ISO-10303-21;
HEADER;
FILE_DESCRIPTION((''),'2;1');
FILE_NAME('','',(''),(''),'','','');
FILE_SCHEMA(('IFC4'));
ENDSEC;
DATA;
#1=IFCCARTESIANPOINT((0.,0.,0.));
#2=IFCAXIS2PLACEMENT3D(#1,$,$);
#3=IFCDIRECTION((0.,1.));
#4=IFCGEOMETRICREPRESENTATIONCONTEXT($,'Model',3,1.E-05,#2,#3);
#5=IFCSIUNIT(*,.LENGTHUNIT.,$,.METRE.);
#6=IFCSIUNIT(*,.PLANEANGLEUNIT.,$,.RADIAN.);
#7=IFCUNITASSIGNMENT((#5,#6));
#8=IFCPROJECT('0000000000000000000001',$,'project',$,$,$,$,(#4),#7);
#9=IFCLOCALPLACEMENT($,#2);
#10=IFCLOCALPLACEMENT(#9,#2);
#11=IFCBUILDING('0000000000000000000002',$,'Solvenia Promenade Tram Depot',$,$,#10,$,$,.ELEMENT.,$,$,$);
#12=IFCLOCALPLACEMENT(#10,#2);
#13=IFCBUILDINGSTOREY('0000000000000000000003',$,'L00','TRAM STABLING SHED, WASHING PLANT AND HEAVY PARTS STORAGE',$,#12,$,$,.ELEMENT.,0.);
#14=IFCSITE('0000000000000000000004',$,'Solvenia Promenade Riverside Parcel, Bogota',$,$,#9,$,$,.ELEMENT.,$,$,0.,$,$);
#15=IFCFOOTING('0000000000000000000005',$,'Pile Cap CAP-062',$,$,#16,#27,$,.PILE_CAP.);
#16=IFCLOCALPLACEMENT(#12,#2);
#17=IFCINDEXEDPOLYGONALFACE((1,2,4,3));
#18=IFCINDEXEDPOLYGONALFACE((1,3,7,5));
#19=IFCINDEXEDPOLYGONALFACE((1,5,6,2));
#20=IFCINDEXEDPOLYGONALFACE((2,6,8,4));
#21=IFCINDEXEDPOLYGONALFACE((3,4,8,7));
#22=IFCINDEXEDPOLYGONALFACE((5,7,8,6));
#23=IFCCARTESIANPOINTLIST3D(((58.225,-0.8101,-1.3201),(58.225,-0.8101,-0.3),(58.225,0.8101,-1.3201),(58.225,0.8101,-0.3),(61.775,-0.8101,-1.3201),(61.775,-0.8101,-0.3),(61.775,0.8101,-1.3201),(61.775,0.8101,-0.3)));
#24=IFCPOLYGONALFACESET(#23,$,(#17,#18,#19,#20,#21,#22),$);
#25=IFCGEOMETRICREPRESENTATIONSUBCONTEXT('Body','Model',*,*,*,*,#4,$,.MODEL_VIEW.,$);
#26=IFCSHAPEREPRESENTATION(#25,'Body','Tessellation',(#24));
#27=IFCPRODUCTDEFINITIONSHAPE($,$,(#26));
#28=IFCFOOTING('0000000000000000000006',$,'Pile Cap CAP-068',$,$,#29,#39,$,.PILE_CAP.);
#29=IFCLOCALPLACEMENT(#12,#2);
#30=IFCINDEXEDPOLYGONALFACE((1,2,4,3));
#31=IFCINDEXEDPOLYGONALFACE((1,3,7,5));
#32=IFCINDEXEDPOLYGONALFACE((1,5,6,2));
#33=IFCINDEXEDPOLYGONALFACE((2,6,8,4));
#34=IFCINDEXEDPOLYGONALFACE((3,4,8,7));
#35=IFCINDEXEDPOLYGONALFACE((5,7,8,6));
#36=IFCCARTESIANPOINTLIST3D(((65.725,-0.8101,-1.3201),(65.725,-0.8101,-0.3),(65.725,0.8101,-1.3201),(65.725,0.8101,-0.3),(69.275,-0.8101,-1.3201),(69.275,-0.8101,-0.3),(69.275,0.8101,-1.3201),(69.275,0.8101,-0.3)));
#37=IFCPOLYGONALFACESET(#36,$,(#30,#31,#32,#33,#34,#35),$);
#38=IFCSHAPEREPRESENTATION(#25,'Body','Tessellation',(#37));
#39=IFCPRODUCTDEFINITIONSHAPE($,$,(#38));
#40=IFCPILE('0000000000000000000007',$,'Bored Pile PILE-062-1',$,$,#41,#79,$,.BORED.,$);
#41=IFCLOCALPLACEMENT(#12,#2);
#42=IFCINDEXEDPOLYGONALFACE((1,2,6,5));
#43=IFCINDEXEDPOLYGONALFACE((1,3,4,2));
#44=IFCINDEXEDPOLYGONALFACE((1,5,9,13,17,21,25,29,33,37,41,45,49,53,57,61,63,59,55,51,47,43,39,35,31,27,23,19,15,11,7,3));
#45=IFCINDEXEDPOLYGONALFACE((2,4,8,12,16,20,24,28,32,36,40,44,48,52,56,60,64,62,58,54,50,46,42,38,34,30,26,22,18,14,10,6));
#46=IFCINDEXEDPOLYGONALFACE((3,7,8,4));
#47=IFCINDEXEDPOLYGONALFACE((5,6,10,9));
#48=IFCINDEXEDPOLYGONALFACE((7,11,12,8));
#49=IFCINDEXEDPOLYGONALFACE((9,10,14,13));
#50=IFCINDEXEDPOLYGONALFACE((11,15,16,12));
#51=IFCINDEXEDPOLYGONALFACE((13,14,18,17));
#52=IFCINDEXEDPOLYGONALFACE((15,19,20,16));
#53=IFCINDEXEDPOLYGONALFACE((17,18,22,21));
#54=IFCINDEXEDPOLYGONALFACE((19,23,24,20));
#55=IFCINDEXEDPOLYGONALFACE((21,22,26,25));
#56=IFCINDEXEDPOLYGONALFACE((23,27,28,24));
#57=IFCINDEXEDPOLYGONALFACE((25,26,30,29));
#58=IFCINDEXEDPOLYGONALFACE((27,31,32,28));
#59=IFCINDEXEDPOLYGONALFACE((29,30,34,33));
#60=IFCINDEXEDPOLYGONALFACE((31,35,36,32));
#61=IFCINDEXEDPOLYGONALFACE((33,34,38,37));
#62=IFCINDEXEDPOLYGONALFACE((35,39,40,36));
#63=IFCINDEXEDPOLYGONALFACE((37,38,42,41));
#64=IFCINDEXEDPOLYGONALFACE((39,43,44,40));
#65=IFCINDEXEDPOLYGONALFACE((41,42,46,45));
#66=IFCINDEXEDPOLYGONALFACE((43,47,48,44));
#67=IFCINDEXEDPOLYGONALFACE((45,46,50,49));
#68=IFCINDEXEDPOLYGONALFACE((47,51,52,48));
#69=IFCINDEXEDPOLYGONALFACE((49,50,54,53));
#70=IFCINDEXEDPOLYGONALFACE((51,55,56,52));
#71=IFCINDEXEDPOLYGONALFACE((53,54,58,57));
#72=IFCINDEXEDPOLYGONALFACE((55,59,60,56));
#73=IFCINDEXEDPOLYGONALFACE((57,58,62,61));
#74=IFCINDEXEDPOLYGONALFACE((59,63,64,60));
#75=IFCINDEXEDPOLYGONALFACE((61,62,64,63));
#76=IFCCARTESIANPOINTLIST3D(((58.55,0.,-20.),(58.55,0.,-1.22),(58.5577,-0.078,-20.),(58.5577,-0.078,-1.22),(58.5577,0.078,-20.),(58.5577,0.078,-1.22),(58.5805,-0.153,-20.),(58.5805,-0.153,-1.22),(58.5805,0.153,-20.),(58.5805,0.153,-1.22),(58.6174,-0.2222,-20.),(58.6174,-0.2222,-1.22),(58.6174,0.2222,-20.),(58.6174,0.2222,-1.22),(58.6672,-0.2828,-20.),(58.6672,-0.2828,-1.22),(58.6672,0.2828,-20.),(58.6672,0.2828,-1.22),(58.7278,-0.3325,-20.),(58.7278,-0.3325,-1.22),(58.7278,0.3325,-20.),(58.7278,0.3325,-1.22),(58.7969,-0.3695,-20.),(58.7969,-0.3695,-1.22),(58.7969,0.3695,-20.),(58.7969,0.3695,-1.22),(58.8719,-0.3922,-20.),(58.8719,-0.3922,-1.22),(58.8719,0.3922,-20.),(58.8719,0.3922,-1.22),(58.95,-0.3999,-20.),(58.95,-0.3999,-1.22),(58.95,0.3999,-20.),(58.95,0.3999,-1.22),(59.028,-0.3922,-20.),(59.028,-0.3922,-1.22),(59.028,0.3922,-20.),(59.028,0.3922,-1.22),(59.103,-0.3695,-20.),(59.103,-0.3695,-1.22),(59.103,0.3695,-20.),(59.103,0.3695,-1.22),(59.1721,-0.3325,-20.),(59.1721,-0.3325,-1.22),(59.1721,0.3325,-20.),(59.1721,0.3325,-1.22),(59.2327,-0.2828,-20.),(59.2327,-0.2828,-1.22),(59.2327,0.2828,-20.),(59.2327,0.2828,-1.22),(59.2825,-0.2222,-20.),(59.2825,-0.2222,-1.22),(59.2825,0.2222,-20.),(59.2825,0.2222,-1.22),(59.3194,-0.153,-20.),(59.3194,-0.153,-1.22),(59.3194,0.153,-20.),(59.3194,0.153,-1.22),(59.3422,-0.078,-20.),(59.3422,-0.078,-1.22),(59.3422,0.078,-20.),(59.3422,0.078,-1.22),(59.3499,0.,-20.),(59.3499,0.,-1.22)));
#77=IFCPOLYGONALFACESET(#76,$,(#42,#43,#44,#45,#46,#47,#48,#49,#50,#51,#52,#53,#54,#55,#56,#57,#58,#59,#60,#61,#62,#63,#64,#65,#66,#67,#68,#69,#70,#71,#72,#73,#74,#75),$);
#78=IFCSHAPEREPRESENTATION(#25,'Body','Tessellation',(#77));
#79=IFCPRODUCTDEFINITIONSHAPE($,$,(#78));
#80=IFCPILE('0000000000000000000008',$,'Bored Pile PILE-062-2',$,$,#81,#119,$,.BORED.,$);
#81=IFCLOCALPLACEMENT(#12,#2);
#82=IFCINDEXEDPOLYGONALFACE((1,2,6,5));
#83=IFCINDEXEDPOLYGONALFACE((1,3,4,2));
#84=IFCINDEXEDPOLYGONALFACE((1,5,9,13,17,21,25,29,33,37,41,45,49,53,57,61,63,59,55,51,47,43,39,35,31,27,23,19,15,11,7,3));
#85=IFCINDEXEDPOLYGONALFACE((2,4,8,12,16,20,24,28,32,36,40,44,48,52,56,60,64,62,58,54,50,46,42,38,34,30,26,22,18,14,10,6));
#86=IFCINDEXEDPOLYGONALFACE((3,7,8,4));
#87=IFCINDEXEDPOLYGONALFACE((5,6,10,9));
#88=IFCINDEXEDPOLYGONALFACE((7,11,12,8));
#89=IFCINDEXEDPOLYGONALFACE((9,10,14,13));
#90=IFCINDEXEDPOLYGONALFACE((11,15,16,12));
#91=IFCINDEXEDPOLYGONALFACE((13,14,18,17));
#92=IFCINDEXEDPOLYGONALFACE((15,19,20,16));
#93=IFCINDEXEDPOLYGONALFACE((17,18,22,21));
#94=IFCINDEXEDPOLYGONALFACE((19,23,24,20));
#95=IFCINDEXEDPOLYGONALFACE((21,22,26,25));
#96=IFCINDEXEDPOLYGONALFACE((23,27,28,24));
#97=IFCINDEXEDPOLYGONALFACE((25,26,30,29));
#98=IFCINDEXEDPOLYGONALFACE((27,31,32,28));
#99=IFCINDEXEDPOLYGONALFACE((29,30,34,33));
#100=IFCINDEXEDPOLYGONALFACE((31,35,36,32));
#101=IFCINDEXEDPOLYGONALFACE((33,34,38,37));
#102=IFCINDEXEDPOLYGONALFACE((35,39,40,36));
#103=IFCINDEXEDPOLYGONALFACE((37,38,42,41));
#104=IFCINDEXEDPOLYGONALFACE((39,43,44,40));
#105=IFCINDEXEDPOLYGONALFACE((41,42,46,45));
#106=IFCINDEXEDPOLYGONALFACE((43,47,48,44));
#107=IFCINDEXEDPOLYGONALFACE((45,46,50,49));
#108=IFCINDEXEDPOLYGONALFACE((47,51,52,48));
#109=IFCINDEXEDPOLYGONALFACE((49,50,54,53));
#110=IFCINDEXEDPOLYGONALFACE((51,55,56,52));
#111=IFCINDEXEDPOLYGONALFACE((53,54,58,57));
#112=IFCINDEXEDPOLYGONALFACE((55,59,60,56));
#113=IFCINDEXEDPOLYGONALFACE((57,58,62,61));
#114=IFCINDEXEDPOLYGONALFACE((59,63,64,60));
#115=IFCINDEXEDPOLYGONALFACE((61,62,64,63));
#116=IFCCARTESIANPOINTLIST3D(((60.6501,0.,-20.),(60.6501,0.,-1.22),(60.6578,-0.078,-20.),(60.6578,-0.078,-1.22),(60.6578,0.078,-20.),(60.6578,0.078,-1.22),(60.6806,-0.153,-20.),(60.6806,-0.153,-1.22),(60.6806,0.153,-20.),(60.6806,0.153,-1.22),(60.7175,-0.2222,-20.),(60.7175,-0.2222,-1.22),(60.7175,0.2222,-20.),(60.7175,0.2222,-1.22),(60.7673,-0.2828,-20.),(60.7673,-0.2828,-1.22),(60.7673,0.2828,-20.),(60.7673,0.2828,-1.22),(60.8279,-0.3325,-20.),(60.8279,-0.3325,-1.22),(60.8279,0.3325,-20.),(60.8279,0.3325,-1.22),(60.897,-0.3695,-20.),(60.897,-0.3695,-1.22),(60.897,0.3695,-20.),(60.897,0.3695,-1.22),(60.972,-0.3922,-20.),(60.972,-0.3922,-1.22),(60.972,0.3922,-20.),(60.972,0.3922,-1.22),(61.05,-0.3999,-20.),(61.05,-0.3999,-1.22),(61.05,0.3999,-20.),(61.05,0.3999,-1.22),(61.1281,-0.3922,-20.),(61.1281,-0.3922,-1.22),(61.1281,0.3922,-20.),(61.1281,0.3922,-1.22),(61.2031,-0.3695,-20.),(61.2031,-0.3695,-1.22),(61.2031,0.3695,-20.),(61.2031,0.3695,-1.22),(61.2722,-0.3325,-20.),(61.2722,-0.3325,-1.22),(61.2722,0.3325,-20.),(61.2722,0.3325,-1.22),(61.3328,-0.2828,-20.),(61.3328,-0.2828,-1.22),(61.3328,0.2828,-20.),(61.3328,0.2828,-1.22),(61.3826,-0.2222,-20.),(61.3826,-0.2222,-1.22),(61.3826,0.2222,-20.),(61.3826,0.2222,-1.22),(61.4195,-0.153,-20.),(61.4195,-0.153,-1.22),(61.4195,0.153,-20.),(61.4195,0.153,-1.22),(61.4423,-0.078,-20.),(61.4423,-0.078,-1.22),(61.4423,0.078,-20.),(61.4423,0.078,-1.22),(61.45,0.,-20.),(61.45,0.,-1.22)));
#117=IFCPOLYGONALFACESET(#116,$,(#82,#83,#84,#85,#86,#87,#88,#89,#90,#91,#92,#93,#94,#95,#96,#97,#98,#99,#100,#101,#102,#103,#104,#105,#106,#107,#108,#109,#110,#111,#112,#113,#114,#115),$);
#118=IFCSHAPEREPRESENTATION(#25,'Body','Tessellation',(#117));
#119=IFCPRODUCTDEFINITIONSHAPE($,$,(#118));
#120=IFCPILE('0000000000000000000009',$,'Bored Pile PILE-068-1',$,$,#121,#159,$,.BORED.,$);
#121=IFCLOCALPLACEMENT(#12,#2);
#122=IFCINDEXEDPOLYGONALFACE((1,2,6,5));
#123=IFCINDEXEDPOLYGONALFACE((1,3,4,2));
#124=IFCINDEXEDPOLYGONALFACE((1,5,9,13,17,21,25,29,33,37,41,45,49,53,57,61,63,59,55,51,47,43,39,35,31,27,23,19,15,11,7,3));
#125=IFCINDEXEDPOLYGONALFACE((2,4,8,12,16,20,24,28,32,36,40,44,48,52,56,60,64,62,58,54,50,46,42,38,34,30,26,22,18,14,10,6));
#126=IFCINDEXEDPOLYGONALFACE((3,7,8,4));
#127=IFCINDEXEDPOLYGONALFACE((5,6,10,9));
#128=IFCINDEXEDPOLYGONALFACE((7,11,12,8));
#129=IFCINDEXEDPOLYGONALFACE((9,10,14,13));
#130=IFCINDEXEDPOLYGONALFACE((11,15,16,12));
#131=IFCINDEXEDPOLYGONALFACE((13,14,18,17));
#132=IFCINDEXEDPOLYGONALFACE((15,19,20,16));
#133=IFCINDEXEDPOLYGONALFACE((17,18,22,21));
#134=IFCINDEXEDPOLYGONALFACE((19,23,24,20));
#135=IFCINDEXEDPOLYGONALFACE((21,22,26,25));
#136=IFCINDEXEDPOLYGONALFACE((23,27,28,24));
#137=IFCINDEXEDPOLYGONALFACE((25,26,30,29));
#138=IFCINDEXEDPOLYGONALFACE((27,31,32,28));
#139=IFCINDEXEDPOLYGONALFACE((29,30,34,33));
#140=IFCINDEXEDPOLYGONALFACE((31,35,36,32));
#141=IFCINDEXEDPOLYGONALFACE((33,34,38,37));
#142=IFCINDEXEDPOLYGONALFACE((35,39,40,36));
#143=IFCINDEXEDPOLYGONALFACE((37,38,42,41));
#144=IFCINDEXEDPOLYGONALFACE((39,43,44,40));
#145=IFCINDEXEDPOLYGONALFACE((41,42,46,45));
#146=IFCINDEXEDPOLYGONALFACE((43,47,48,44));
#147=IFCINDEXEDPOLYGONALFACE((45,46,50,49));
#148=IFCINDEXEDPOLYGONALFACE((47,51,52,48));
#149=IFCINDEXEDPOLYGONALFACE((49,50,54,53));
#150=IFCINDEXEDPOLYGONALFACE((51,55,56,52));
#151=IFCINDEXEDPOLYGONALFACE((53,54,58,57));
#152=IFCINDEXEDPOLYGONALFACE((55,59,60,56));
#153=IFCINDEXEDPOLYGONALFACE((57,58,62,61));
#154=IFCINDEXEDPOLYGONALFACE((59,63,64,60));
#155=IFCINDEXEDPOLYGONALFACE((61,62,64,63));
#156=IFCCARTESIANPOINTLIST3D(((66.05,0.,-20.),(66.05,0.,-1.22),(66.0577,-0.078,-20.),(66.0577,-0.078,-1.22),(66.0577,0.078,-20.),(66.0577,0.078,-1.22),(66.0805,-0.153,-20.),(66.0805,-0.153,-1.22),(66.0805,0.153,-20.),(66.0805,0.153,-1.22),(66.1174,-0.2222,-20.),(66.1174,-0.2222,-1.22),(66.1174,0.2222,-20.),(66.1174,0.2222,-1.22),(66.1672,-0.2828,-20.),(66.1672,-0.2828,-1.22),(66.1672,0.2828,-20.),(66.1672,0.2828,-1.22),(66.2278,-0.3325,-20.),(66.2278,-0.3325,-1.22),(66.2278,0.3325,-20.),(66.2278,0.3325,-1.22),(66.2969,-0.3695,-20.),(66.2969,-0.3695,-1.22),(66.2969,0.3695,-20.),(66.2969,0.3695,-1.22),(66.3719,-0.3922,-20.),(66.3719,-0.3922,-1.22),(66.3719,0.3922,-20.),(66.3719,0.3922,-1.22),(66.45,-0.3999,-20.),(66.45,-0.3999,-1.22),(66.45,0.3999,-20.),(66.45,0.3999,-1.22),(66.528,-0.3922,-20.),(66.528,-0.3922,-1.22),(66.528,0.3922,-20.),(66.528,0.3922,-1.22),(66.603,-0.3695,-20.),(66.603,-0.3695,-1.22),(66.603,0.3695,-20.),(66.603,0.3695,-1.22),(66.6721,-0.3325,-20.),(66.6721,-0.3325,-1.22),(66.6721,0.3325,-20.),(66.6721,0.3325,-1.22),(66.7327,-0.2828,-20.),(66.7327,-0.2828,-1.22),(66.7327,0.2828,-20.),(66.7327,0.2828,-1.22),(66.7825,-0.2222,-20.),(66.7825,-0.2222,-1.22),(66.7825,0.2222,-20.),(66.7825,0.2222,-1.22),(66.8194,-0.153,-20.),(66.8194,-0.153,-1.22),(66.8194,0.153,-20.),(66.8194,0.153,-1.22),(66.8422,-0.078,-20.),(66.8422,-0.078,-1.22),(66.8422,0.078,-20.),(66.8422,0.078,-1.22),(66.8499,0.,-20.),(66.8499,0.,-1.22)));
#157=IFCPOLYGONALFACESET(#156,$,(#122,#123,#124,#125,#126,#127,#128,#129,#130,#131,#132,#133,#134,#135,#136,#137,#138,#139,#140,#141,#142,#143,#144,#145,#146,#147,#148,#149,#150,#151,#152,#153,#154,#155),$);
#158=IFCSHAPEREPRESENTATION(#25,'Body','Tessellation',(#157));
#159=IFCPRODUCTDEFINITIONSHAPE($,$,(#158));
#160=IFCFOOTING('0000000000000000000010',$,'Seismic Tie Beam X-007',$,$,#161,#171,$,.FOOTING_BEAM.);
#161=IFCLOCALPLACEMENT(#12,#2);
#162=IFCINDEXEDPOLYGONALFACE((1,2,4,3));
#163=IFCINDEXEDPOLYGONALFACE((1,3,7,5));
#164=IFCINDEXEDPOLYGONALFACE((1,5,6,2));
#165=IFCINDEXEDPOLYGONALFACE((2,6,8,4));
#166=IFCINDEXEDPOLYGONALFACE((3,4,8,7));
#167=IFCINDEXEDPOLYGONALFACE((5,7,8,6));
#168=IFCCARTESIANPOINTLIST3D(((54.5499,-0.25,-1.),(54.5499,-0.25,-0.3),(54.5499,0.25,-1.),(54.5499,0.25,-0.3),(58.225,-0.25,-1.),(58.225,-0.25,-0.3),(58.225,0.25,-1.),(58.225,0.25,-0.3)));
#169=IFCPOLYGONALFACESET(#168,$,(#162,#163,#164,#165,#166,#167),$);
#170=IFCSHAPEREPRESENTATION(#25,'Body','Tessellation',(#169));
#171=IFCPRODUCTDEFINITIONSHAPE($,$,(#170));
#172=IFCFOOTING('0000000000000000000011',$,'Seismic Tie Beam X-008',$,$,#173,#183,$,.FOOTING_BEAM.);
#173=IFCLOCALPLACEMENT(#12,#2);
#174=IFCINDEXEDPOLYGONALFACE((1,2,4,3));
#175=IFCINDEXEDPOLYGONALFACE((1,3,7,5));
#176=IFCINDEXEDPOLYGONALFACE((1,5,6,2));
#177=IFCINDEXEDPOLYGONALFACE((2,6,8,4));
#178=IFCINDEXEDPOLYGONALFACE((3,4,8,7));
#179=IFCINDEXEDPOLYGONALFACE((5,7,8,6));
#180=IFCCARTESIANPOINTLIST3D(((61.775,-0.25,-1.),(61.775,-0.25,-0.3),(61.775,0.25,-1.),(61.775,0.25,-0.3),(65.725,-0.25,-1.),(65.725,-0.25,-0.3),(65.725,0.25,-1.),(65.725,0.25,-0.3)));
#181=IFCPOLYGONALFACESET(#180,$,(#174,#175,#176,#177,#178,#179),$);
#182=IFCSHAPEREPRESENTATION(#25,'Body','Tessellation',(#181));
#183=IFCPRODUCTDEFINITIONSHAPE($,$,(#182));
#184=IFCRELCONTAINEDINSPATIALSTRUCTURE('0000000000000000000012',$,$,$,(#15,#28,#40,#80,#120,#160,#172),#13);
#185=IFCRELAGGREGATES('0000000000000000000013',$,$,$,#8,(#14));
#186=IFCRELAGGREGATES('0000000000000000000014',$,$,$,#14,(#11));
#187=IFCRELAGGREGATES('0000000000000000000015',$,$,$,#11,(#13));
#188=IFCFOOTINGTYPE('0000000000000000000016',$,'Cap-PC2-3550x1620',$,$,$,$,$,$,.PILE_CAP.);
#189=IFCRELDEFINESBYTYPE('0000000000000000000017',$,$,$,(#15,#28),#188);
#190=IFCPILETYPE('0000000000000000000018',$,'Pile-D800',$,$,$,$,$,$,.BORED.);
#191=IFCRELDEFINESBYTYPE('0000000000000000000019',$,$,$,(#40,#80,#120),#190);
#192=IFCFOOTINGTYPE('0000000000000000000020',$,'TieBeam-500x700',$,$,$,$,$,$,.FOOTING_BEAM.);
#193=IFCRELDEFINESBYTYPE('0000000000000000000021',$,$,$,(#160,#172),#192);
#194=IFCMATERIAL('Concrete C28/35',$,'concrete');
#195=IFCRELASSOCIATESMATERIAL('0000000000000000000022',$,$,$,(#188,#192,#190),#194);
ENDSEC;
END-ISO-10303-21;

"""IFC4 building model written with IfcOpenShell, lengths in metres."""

from ifc_helpers import new_model, si_unit, direction, frame, origin, origin_2d, place, context, subcontext, project, spatial, rectangle, circle, extrude, material, material_profile, profile_set, type_object, element, save


model = new_model("IFC4")

# Units and contexts
model_context = context("Model", 3, precision=1e-05, world=origin(), true_north=direction((0.0, 1.0)))
body_context = subcontext(model_context, "Body", "Model", "MODEL_VIEW")
ifc_project = project(units=[si_unit("LENGTHUNIT", "METRE"), si_unit("PLANEANGLEUNIT", "RADIAN")], contexts=[model_context])

# Site, building, storey
site_placement = place(None, origin())
site = spatial("IfcSite", under=ifc_project, at=site_placement, Name="Solvenia Promenade Riverside Parcel, Bogota", CompositionType="ELEMENT", RefElevation=0.0)
building_placement = place(site_placement, origin())
building = spatial("IfcBuilding", under=site, at=building_placement, Name="Solvenia Promenade Tram Depot", CompositionType="ELEMENT")
storey_placement = place(building_placement, origin())
storey = spatial("IfcBuildingStorey", under=building, at=storey_placement, Name="L00", Description="TRAM STABLING SHED, WASHING PLANT AND HEAVY PARTS STORAGE", CompositionType="ELEMENT", Elevation=0.0)

# Footings
ifc_material_1 = material(Name="Concrete C28/35", Category="concrete")
footing_type_1 = type_object("IfcFootingType", Name="Cap-PC2-3550x1620", PredefinedType="PILE_CAP", material=ifc_material_1)
for number, where, z_axis, x_axis, name in (
    (1, (60.0, 0.0, -1.3201), (0.0, 0.0, 1.0), (1.0, 0.0, 0.0), "Pile Cap CAP-062"),
    (2, (67.5, 0.0, -1.3201), (0.0, 0.0, 1.0), (1.0, 0.0, 0.0), "Pile Cap CAP-068"),
):
    element("IfcFooting", number, at=place(storey_placement, frame(where, z_axis=z_axis, x_axis=x_axis)), inside=storey, type_object=footing_type_1, Name=name, PredefinedType="PILE_CAP", context=body_context, shape_type="SweptSolid", body=[
        extrude(rectangle(XDim=3.55, YDim=1.6201, at=origin_2d()), origin(), (0.0, 0.0, 1.0), 1.02),
    ])

# Piles
ifc_material_profile_1 = material_profile(ifc_material_1, circle(Radius=0.3999, at=origin_2d()), Name="D800", Category="concrete")
ifc_profile_set_1 = profile_set([ifc_material_profile_1], Name="Concrete C28/35")
pile_type = type_object("IfcPileType", Name="Pile-D800", PredefinedType="BORED", material=ifc_profile_set_1)
for number, where, z_axis, x_axis, name in (
    (3, (58.95, 0.0, -1.22), (0.0, 0.0, -1.0), (1.0, 0.0, 0.0), "Bored Pile PILE-062-1"),
    (4, (61.05, 0.0, -1.22), (0.0, 0.0, -1.0), (1.0, 0.0, 0.0), "Bored Pile PILE-062-2"),
    (5, (66.45, 0.0, -1.22), (0.0, 0.0, -1.0), (1.0, 0.0, 0.0), "Bored Pile PILE-068-1"),
):
    element("IfcPile", number, at=place(storey_placement, frame(where, z_axis=z_axis, x_axis=x_axis)), inside=storey, type_object=pile_type, Name=name, PredefinedType="BORED", context=body_context, shape_type="SweptSolid", body=[
        extrude(circle(Radius=0.3999, at=origin_2d()), origin(), (0.0, 0.0, 1.0), 18.78),
    ])

# Footings
footing_type_2 = type_object("IfcFootingType", Name="TieBeam-500x700", PredefinedType="FOOTING_BEAM", material=ifc_material_1)
footing_1_placement = place(storey_placement, frame((56.3875, 0.0, -1.0), z_axis=(0.0, 0.0, 1.0), x_axis=(1.0, 0.0, 0.0)))
element("IfcFooting", 6, at=footing_1_placement, inside=storey, type_object=footing_type_2, Name="Seismic Tie Beam X-007", PredefinedType="FOOTING_BEAM", context=body_context, shape_type="SweptSolid", body=[
    extrude(rectangle(XDim=3.675, YDim=0.5, at=origin_2d()), origin(), (0.0, 0.0, 1.0), 0.7),
])
footing_2_placement = place(storey_placement, frame((63.75, 0.0, -1.0), z_axis=(0.0, 0.0, 1.0), x_axis=(1.0, 0.0, 0.0)))
element("IfcFooting", 7, at=footing_2_placement, inside=storey, type_object=footing_type_2, Name="Seismic Tie Beam X-008", PredefinedType="FOOTING_BEAM", context=body_context, shape_type="SweptSolid", body=[
    extrude(rectangle(XDim=3.95, YDim=0.5, at=origin_2d()), origin(), (0.0, 0.0, 1.0), 0.7),
])

save(model, "model.ifc")
